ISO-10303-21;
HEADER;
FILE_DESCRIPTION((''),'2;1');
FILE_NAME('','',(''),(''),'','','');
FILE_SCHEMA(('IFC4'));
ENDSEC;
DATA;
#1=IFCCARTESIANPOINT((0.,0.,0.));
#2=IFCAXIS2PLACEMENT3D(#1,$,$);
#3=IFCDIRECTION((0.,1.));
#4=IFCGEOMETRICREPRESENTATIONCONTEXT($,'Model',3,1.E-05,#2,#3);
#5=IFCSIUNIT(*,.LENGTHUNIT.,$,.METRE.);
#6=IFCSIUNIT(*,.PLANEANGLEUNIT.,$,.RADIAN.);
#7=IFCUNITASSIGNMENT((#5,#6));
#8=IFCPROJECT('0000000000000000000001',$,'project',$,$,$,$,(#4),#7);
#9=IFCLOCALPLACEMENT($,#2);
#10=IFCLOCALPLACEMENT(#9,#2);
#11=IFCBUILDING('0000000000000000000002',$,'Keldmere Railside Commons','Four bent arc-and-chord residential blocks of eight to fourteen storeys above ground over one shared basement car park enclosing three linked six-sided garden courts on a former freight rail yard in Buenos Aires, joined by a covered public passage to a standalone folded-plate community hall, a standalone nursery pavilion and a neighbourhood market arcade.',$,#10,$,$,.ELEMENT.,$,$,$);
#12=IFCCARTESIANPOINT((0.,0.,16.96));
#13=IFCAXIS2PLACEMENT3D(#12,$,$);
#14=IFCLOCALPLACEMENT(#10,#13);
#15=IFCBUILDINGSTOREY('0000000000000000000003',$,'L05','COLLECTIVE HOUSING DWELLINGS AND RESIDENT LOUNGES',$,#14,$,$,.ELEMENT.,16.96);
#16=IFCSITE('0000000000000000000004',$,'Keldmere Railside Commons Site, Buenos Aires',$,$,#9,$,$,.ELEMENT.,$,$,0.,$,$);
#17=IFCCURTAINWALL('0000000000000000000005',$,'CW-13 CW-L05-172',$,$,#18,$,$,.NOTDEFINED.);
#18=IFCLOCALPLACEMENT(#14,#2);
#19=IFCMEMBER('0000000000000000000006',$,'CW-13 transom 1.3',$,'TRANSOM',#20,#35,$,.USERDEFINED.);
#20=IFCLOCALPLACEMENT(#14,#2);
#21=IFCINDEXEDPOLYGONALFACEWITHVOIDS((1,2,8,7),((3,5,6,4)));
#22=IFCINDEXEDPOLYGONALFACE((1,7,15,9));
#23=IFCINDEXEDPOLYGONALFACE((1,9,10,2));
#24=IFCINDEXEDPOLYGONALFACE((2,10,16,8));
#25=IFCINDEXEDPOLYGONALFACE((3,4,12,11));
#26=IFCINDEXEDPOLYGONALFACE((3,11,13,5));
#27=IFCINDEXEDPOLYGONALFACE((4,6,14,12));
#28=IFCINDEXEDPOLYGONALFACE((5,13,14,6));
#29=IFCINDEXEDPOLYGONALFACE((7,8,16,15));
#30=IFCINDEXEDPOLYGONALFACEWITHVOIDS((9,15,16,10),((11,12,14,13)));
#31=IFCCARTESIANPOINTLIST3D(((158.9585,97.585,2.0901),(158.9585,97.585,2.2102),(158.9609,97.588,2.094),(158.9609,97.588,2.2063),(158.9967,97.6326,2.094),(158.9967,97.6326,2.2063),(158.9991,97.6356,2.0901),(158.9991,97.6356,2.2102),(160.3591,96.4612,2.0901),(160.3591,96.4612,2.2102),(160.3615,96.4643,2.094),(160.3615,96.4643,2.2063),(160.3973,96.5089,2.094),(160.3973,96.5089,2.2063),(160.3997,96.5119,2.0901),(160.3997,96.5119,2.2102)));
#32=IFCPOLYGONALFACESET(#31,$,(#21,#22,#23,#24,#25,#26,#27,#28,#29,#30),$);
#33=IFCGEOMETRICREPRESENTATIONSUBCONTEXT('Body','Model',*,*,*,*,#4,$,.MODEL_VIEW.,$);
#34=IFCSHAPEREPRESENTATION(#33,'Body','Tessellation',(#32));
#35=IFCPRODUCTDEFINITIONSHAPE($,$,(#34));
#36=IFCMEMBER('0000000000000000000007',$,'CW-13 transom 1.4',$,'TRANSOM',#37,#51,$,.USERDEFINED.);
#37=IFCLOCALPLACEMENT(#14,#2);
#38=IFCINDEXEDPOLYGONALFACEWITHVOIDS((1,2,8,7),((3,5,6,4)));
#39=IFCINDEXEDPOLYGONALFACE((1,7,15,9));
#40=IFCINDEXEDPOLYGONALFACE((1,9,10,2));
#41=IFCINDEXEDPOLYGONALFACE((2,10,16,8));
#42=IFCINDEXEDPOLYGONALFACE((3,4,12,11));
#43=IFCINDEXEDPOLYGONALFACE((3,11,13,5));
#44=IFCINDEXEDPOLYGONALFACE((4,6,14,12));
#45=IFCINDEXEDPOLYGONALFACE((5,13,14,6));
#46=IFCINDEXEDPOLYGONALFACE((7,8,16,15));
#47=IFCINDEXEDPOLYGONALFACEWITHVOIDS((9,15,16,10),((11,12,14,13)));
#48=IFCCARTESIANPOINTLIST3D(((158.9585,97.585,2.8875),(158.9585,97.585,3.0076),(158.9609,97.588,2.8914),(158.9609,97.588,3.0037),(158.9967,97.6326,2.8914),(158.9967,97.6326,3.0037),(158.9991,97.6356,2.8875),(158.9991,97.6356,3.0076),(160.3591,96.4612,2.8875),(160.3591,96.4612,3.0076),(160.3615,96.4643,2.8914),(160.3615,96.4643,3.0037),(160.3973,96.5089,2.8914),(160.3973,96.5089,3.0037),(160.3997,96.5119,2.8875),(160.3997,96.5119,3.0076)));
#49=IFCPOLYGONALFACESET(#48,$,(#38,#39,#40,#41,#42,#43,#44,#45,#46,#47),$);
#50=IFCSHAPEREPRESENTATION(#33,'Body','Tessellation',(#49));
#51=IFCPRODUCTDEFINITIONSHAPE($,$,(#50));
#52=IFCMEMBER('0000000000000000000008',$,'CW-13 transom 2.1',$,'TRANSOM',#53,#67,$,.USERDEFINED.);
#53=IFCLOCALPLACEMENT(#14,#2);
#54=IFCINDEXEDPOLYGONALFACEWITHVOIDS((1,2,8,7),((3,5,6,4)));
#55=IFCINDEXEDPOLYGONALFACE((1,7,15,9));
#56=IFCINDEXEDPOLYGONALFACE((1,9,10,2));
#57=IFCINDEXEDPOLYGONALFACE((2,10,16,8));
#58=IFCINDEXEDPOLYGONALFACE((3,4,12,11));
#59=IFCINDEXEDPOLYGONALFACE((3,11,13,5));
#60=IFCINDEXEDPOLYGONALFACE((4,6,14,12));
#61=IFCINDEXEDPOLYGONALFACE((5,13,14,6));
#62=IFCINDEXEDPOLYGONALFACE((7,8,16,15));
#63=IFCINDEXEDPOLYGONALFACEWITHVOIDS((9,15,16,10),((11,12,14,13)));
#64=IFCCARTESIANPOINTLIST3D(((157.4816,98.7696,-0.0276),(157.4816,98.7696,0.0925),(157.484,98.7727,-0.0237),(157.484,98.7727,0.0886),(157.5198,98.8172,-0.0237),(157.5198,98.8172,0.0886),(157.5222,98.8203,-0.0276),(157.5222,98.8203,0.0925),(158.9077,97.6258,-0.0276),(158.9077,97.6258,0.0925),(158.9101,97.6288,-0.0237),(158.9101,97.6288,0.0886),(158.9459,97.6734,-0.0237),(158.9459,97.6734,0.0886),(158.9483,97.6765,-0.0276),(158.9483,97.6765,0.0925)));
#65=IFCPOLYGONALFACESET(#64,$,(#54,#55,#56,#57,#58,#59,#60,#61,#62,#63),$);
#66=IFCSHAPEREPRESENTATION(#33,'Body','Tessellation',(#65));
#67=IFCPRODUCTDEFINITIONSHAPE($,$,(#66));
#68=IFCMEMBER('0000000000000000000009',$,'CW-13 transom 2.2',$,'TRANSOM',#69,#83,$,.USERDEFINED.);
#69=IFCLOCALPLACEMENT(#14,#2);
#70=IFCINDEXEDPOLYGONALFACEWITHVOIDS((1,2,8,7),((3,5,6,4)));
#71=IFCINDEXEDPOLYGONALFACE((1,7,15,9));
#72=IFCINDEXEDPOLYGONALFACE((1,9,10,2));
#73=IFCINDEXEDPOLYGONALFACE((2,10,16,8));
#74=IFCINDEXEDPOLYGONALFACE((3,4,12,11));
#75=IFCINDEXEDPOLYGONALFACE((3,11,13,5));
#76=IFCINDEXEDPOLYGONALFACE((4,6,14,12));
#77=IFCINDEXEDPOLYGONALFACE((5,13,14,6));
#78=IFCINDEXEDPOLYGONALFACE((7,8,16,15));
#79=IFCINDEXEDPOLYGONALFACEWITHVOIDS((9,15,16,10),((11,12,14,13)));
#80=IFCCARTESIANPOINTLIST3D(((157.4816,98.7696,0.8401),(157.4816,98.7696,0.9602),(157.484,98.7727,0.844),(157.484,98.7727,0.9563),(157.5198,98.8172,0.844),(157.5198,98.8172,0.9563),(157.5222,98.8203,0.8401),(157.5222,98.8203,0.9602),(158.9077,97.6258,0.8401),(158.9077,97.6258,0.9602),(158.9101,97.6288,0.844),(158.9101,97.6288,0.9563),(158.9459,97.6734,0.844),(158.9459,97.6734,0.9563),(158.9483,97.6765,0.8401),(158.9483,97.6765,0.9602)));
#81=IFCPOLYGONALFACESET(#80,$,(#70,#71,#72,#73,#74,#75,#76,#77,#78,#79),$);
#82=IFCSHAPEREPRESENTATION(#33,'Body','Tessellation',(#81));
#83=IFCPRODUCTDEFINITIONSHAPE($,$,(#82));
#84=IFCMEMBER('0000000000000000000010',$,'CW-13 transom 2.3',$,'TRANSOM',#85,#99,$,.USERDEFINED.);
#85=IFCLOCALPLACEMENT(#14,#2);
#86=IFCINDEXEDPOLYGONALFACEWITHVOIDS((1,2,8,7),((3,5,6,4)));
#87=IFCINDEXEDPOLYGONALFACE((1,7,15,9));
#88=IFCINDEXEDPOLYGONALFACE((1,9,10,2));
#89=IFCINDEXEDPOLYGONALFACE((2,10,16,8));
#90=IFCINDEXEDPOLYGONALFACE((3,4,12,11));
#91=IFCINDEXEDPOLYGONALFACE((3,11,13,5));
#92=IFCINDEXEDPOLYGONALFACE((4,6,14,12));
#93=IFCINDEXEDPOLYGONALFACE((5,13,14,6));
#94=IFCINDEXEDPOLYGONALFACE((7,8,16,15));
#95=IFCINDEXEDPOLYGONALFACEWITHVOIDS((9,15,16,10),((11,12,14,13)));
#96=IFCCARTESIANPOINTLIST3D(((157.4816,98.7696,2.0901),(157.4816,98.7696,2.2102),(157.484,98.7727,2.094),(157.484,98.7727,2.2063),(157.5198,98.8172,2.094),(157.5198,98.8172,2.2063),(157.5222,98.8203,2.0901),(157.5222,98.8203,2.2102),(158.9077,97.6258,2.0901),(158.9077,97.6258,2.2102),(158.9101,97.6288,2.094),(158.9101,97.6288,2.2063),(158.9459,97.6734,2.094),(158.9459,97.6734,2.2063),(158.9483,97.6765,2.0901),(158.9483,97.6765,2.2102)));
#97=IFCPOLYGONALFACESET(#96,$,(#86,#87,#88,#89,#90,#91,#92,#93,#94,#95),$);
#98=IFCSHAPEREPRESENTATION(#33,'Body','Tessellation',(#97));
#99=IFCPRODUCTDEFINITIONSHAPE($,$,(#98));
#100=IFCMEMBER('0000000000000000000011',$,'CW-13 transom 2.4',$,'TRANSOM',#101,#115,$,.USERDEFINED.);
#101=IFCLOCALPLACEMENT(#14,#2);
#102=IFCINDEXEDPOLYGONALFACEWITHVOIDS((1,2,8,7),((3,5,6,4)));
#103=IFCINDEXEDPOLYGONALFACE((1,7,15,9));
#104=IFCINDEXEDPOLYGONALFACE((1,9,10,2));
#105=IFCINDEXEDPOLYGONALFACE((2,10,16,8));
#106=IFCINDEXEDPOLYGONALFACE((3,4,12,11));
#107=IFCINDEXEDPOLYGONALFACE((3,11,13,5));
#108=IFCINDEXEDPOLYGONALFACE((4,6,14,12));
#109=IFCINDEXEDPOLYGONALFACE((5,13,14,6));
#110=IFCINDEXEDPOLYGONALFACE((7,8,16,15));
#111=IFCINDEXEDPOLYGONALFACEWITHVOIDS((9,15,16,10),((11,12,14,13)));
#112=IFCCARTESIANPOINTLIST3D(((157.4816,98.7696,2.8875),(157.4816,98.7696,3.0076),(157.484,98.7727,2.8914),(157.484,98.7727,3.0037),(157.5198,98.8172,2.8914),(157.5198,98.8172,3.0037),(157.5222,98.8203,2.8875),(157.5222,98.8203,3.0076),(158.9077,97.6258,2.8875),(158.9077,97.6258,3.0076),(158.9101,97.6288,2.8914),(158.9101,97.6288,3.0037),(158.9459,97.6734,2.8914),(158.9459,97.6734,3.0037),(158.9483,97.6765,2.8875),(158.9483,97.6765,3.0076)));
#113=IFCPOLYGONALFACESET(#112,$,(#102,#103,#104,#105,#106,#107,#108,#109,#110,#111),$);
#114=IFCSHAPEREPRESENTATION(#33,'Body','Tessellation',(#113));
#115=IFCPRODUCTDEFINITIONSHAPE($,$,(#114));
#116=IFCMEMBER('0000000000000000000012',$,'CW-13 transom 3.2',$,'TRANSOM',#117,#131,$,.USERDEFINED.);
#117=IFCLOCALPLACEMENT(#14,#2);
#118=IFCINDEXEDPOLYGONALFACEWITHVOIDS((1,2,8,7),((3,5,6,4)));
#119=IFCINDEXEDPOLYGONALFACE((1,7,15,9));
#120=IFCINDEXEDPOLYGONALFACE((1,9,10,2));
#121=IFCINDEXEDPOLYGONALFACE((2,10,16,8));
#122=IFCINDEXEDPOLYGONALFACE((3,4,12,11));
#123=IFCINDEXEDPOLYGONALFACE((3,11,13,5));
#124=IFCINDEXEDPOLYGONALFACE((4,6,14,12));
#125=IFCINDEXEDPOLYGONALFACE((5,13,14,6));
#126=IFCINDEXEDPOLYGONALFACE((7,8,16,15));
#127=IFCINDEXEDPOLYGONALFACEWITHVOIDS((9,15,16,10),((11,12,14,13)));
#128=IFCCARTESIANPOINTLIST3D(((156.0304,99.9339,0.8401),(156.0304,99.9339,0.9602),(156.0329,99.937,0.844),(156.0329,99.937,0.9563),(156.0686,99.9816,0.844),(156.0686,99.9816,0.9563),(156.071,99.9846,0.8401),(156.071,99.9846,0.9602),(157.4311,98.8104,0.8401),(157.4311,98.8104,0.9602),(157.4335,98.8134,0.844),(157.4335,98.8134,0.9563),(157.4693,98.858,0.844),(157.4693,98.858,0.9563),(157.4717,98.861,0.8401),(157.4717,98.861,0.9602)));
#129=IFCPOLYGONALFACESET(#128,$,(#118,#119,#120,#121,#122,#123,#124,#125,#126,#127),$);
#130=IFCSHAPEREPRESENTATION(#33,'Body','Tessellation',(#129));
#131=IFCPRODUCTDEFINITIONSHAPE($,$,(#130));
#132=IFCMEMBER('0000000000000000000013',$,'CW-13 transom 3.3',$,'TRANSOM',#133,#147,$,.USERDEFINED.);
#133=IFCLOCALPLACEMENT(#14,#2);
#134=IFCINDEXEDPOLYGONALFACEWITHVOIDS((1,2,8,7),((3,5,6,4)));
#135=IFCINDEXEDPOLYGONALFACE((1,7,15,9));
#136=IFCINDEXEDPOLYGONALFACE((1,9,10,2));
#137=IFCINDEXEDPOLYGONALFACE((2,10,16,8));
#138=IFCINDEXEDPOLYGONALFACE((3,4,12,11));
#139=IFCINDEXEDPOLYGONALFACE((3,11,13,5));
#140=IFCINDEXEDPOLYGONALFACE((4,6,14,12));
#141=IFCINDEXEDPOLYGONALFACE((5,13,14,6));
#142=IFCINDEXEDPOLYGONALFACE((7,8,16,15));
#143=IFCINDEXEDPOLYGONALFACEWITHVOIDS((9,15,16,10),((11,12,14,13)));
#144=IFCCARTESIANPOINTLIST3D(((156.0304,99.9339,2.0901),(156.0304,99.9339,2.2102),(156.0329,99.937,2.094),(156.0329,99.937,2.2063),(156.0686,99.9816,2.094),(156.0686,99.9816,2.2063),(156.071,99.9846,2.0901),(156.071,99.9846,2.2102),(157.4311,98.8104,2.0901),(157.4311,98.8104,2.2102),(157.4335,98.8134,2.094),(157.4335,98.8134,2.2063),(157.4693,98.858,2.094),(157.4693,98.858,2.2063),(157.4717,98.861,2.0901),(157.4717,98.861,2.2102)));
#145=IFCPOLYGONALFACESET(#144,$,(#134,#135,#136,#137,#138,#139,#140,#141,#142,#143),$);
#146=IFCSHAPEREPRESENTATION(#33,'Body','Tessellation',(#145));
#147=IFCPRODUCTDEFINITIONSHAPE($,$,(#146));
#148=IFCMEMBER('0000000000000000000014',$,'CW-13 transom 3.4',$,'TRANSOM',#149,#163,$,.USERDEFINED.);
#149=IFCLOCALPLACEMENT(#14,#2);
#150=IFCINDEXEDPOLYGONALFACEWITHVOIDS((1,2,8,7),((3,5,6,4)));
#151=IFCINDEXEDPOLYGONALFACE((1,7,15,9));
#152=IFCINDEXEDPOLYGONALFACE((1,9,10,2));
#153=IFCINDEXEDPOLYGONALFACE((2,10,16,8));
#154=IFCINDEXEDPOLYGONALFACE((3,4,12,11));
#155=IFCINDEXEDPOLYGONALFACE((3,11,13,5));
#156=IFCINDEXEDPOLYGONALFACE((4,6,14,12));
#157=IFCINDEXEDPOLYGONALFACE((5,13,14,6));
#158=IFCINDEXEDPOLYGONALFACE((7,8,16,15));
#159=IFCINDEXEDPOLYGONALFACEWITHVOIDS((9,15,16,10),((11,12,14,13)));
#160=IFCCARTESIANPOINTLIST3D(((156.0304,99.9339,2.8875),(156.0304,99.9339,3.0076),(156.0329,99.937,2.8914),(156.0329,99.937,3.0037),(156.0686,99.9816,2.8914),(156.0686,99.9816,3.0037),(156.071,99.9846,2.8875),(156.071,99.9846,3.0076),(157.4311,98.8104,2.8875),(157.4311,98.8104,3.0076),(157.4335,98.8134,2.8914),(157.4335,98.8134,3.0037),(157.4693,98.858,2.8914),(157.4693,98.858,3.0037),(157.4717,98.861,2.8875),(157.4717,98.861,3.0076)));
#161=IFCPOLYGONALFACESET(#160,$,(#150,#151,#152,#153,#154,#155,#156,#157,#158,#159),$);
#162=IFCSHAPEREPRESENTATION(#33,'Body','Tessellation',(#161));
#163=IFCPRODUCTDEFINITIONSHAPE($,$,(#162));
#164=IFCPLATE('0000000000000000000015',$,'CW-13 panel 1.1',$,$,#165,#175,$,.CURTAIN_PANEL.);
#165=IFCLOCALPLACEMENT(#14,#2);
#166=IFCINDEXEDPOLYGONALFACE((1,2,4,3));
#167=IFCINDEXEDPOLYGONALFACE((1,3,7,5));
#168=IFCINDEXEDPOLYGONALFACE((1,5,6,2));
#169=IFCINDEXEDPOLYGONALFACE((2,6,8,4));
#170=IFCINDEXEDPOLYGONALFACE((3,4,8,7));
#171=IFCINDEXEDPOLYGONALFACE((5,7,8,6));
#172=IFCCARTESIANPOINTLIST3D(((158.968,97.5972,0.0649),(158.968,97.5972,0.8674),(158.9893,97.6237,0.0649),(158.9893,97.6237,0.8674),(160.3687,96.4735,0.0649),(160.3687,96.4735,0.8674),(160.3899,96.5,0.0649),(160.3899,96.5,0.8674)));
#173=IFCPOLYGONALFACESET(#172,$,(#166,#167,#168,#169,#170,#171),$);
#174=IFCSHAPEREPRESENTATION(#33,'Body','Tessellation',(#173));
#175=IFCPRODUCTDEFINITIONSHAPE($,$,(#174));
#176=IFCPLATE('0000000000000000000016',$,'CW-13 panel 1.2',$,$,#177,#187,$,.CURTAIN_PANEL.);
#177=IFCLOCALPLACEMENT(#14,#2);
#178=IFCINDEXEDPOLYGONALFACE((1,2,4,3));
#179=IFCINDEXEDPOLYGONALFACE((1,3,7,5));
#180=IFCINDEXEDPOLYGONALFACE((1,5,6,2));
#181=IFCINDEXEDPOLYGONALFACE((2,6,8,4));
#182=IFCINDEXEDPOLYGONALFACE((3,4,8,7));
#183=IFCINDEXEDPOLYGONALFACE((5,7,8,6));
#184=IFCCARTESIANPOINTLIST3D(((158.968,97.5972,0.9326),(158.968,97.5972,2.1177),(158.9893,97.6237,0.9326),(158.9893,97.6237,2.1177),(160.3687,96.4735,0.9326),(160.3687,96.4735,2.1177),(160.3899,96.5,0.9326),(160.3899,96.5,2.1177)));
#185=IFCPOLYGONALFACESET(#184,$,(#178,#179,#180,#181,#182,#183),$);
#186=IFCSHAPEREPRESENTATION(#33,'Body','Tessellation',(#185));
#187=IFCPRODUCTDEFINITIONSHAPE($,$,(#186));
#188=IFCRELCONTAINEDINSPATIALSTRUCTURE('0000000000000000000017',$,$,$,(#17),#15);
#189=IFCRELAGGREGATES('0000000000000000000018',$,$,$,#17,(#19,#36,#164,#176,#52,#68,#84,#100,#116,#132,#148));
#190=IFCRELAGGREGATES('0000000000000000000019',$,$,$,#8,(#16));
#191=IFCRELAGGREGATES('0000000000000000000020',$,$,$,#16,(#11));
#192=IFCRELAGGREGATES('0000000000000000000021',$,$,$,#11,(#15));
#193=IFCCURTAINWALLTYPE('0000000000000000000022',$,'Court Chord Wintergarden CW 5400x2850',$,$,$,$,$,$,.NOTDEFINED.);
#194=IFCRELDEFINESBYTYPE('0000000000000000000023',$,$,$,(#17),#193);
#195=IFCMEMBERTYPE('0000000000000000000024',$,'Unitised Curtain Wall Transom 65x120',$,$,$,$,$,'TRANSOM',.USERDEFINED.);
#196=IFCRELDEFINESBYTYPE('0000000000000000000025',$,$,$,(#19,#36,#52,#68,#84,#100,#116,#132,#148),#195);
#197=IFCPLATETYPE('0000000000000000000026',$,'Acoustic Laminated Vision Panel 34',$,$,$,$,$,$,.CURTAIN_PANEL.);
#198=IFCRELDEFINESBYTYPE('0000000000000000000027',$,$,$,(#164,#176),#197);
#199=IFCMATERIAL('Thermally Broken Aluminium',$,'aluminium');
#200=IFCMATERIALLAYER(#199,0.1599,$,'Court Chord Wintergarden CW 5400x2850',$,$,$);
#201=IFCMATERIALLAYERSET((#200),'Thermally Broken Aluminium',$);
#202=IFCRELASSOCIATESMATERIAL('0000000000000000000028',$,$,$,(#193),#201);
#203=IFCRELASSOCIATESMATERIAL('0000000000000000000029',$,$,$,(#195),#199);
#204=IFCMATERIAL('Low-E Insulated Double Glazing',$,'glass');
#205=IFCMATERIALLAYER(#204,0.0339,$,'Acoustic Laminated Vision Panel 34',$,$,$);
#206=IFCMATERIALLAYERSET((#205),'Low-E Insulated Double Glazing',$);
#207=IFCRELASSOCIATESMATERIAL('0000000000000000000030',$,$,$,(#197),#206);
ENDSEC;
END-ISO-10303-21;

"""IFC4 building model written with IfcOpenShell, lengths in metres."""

from ifc_helpers import new_model, si_unit, direction, frame, origin, origin_2d, place, context, subcontext, project, spatial, rectangle, hollow_rectangle, extrude, material, layer, layer_set, material_profile, profile_set, type_object, element, aggregate, save


model = new_model("IFC4")

# Units and contexts
model_context = context("Model", 3, precision=1e-05, world=origin(), true_north=direction((0.0, 1.0)))
body_context = subcontext(model_context, "Body", "Model", "MODEL_VIEW")
ifc_project = project(units=[si_unit("LENGTHUNIT", "METRE"), si_unit("PLANEANGLEUNIT", "RADIAN")], contexts=[model_context])

# Site, building, storey
site_placement = place(None, origin())
site = spatial("IfcSite", under=ifc_project, at=site_placement, Name="Keldmere Railside Commons Site, Buenos Aires", CompositionType="ELEMENT", RefElevation=0.0)
building_placement = place(site_placement, origin())
building = spatial("IfcBuilding", under=site, at=building_placement, Name="Keldmere Railside Commons", Description="Four bent arc-and-chord residential blocks of eight to fourteen storeys above ground over one shared basement car park enclosing three linked six-sided garden courts on a former freight rail yard in Buenos Aires, joined by a covered public passage to a standalone folded-plate community hall, a standalone nursery pavilion and a neighbourhood market arcade.", CompositionType="ELEMENT")
storey_placement = place(building_placement, frame((0.0, 0.0, 16.96)))
storey = spatial("IfcBuildingStorey", under=building, at=storey_placement, Name="L05", Description="COLLECTIVE HOUSING DWELLINGS AND RESIDENT LOUNGES", CompositionType="ELEMENT", Elevation=16.96)

# Curtain wall
ifc_material_1 = material(Name="Thermally Broken Aluminium", Category="aluminium")
ifc_layer_1 = layer(ifc_material_1, 0.1599, Name="Court Chord Wintergarden CW 5400x2850")
ifc_layer_set_1 = layer_set([ifc_layer_1], Name="Thermally Broken Aluminium")
curtain_wall_type_1 = type_object("IfcCurtainWallType", Name="Court Chord Wintergarden CW 5400x2850", PredefinedType="NOTDEFINED", material=ifc_layer_set_1)
curtain_wall_1_placement = place(storey_placement, origin())
curtain_wall_1 = element("IfcCurtainWall", 1, at=curtain_wall_1_placement, inside=storey, type_object=curtain_wall_type_1, Name="CW-13 CW-L05-172", PredefinedType="NOTDEFINED")

# Members
ifc_material_profile_1 = material_profile(ifc_material_1, hollow_rectangle(XDim=0.0649, YDim=0.1201, WallThickness=0.0039, at=origin_2d()), Name="ALU-TRAN-65x120")
ifc_profile_set_1 = profile_set([ifc_material_profile_1], Name="Thermally Broken Aluminium")
member_type_1 = type_object("IfcMemberType", Name="Unitised Curtain Wall Transom 65x120", ElementType="TRANSOM", PredefinedType="USERDEFINED", material=ifc_profile_set_1)
member_1_placement = place(storey_placement, frame((160.3794, 96.4866, 2.1501), z_axis=(-0.779979, 0.625805, 0.0), x_axis=(-0.625805, -0.779979, 0.0)))
member_1 = element("IfcMember", 2, at=member_1_placement, type_object=member_type_1, Name="CW-13 transom 1.3", ObjectType="TRANSOM", PredefinedType="USERDEFINED", context=body_context, shape_type="SweptSolid", body=[
    extrude(hollow_rectangle(XDim=0.0649, YDim=0.1201, WallThickness=0.0039, at=origin_2d()), origin(), (0.0, 0.0, 1.0), 1.7957),
])
member_2_placement = place(storey_placement, frame((160.3794, 96.4866, 2.9475), z_axis=(-0.779979, 0.625805, 0.0), x_axis=(-0.625805, -0.779979, 0.0)))
member_2 = element("IfcMember", 3, at=member_2_placement, type_object=member_type_1, Name="CW-13 transom 1.4", ObjectType="TRANSOM", PredefinedType="USERDEFINED", context=body_context, shape_type="SweptSolid", body=[
    extrude(hollow_rectangle(XDim=0.0649, YDim=0.1201, WallThickness=0.0039, at=origin_2d()), origin(), (0.0, 0.0, 1.0), 1.7957),
])
member_3_placement = place(storey_placement, frame((158.928, 97.6511, 0.0325), z_axis=(-0.780073, 0.625688, 0.0), x_axis=(-0.625688, -0.780073, 0.0)))
member_3 = element("IfcMember", 4, at=member_3_placement, type_object=member_type_1, Name="CW-13 transom 2.1", ObjectType="TRANSOM", PredefinedType="USERDEFINED", context=body_context, shape_type="SweptSolid", body=[
    extrude(hollow_rectangle(XDim=0.0649, YDim=0.1201, WallThickness=0.0039, at=origin_2d()), origin(), (0.0, 0.0, 1.0), 1.8281),
])
member_4_placement = place(storey_placement, frame((158.928, 97.6511, 0.9001), z_axis=(-0.780073, 0.625688, 0.0), x_axis=(-0.625688, -0.780073, 0.0)))
member_4 = element("IfcMember", 5, at=member_4_placement, type_object=member_type_1, Name="CW-13 transom 2.2", ObjectType="TRANSOM", PredefinedType="USERDEFINED", context=body_context, shape_type="SweptSolid", body=[
    extrude(hollow_rectangle(XDim=0.0649, YDim=0.1201, WallThickness=0.0039, at=origin_2d()), origin(), (0.0, 0.0, 1.0), 1.8281),
])
member_5_placement = place(storey_placement, frame((158.928, 97.6511, 2.1501), z_axis=(-0.780073, 0.625688, 0.0), x_axis=(-0.625688, -0.780073, 0.0)))
member_5 = element("IfcMember", 6, at=member_5_placement, type_object=member_type_1, Name="CW-13 transom 2.3", ObjectType="TRANSOM", PredefinedType="USERDEFINED", context=body_context, shape_type="SweptSolid", body=[
    extrude(hollow_rectangle(XDim=0.0649, YDim=0.1201, WallThickness=0.0039, at=origin_2d()), origin(), (0.0, 0.0, 1.0), 1.8281),
])
member_6_placement = place(storey_placement, frame((158.928, 97.6511, 2.9475), z_axis=(-0.780073, 0.625688, 0.0), x_axis=(-0.625688, -0.780073, 0.0)))
member_6 = element("IfcMember", 7, at=member_6_placement, type_object=member_type_1, Name="CW-13 transom 2.4", ObjectType="TRANSOM", PredefinedType="USERDEFINED", context=body_context, shape_type="SweptSolid", body=[
    extrude(hollow_rectangle(XDim=0.0649, YDim=0.1201, WallThickness=0.0039, at=origin_2d()), origin(), (0.0, 0.0, 1.0), 1.8281),
])
member_7_placement = place(storey_placement, frame((157.4514, 98.8357, 0.9001), z_axis=(-0.780046, 0.625723, 0.0), x_axis=(-0.625723, -0.780046, 0.0)))
member_7 = element("IfcMember", 8, at=member_7_placement, type_object=member_type_1, Name="CW-13 transom 3.2", ObjectType="TRANSOM", PredefinedType="USERDEFINED", context=body_context, shape_type="SweptSolid", body=[
    extrude(hollow_rectangle(XDim=0.0649, YDim=0.1201, WallThickness=0.0039, at=origin_2d()), origin(), (0.0, 0.0, 1.0), 1.7957),
])
member_8_placement = place(storey_placement, frame((157.4514, 98.8357, 2.1501), z_axis=(-0.780046, 0.625723, 0.0), x_axis=(-0.625723, -0.780046, 0.0)))
member_8 = element("IfcMember", 9, at=member_8_placement, type_object=member_type_1, Name="CW-13 transom 3.3", ObjectType="TRANSOM", PredefinedType="USERDEFINED", context=body_context, shape_type="SweptSolid", body=[
    extrude(hollow_rectangle(XDim=0.0649, YDim=0.1201, WallThickness=0.0039, at=origin_2d()), origin(), (0.0, 0.0, 1.0), 1.7957),
])
member_9_placement = place(storey_placement, frame((157.4514, 98.8357, 2.9475), z_axis=(-0.780046, 0.625723, 0.0), x_axis=(-0.625723, -0.780046, 0.0)))
member_9 = element("IfcMember", 10, at=member_9_placement, type_object=member_type_1, Name="CW-13 transom 3.4", ObjectType="TRANSOM", PredefinedType="USERDEFINED", context=body_context, shape_type="SweptSolid", body=[
    extrude(hollow_rectangle(XDim=0.0649, YDim=0.1201, WallThickness=0.0039, at=origin_2d()), origin(), (0.0, 0.0, 1.0), 1.7957),
])

# Plates
ifc_material_2 = material(Name="Low-E Insulated Double Glazing", Category="glass")
ifc_layer_2 = layer(ifc_material_2, 0.0339, Name="Acoustic Laminated Vision Panel 34")
ifc_layer_set_2 = layer_set([ifc_layer_2], Name="Low-E Insulated Double Glazing")
plate_type = type_object("IfcPlateType", Name="Acoustic Laminated Vision Panel 34", PredefinedType="CURTAIN_PANEL", material=ifc_layer_set_2)
plate_1_placement = place(storey_placement, frame((159.679, 97.0486, 0.0649), z_axis=(0.0, 0.0, 1.0), x_axis=(-0.780009, 0.625768, 0.0)))
plate_1 = element("IfcPlate", 11, at=plate_1_placement, type_object=plate_type, Name="CW-13 panel 1.1", PredefinedType="CURTAIN_PANEL", context=body_context, shape_type="SweptSolid", body=[
    extrude(rectangle(XDim=1.7957, YDim=0.0339, at=origin_2d()), origin(), (0.0, 0.0, 1.0), 0.8025),
])
plate_2_placement = place(storey_placement, frame((159.679, 97.0486, 0.9326), z_axis=(0.0, 0.0, 1.0), x_axis=(-0.780009, 0.625768, 0.0)))
plate_2 = element("IfcPlate", 12, at=plate_2_placement, type_object=plate_type, Name="CW-13 panel 1.2", PredefinedType="CURTAIN_PANEL", context=body_context, shape_type="SweptSolid", body=[
    extrude(rectangle(XDim=1.7957, YDim=0.0339, at=origin_2d()), origin(), (0.0, 0.0, 1.0), 1.1851),
])
aggregate(curtain_wall_1, [member_1, member_2, plate_1, plate_2, member_3, member_4, member_5, member_6, member_7, member_8, member_9])

save(model, "model.ifc")
